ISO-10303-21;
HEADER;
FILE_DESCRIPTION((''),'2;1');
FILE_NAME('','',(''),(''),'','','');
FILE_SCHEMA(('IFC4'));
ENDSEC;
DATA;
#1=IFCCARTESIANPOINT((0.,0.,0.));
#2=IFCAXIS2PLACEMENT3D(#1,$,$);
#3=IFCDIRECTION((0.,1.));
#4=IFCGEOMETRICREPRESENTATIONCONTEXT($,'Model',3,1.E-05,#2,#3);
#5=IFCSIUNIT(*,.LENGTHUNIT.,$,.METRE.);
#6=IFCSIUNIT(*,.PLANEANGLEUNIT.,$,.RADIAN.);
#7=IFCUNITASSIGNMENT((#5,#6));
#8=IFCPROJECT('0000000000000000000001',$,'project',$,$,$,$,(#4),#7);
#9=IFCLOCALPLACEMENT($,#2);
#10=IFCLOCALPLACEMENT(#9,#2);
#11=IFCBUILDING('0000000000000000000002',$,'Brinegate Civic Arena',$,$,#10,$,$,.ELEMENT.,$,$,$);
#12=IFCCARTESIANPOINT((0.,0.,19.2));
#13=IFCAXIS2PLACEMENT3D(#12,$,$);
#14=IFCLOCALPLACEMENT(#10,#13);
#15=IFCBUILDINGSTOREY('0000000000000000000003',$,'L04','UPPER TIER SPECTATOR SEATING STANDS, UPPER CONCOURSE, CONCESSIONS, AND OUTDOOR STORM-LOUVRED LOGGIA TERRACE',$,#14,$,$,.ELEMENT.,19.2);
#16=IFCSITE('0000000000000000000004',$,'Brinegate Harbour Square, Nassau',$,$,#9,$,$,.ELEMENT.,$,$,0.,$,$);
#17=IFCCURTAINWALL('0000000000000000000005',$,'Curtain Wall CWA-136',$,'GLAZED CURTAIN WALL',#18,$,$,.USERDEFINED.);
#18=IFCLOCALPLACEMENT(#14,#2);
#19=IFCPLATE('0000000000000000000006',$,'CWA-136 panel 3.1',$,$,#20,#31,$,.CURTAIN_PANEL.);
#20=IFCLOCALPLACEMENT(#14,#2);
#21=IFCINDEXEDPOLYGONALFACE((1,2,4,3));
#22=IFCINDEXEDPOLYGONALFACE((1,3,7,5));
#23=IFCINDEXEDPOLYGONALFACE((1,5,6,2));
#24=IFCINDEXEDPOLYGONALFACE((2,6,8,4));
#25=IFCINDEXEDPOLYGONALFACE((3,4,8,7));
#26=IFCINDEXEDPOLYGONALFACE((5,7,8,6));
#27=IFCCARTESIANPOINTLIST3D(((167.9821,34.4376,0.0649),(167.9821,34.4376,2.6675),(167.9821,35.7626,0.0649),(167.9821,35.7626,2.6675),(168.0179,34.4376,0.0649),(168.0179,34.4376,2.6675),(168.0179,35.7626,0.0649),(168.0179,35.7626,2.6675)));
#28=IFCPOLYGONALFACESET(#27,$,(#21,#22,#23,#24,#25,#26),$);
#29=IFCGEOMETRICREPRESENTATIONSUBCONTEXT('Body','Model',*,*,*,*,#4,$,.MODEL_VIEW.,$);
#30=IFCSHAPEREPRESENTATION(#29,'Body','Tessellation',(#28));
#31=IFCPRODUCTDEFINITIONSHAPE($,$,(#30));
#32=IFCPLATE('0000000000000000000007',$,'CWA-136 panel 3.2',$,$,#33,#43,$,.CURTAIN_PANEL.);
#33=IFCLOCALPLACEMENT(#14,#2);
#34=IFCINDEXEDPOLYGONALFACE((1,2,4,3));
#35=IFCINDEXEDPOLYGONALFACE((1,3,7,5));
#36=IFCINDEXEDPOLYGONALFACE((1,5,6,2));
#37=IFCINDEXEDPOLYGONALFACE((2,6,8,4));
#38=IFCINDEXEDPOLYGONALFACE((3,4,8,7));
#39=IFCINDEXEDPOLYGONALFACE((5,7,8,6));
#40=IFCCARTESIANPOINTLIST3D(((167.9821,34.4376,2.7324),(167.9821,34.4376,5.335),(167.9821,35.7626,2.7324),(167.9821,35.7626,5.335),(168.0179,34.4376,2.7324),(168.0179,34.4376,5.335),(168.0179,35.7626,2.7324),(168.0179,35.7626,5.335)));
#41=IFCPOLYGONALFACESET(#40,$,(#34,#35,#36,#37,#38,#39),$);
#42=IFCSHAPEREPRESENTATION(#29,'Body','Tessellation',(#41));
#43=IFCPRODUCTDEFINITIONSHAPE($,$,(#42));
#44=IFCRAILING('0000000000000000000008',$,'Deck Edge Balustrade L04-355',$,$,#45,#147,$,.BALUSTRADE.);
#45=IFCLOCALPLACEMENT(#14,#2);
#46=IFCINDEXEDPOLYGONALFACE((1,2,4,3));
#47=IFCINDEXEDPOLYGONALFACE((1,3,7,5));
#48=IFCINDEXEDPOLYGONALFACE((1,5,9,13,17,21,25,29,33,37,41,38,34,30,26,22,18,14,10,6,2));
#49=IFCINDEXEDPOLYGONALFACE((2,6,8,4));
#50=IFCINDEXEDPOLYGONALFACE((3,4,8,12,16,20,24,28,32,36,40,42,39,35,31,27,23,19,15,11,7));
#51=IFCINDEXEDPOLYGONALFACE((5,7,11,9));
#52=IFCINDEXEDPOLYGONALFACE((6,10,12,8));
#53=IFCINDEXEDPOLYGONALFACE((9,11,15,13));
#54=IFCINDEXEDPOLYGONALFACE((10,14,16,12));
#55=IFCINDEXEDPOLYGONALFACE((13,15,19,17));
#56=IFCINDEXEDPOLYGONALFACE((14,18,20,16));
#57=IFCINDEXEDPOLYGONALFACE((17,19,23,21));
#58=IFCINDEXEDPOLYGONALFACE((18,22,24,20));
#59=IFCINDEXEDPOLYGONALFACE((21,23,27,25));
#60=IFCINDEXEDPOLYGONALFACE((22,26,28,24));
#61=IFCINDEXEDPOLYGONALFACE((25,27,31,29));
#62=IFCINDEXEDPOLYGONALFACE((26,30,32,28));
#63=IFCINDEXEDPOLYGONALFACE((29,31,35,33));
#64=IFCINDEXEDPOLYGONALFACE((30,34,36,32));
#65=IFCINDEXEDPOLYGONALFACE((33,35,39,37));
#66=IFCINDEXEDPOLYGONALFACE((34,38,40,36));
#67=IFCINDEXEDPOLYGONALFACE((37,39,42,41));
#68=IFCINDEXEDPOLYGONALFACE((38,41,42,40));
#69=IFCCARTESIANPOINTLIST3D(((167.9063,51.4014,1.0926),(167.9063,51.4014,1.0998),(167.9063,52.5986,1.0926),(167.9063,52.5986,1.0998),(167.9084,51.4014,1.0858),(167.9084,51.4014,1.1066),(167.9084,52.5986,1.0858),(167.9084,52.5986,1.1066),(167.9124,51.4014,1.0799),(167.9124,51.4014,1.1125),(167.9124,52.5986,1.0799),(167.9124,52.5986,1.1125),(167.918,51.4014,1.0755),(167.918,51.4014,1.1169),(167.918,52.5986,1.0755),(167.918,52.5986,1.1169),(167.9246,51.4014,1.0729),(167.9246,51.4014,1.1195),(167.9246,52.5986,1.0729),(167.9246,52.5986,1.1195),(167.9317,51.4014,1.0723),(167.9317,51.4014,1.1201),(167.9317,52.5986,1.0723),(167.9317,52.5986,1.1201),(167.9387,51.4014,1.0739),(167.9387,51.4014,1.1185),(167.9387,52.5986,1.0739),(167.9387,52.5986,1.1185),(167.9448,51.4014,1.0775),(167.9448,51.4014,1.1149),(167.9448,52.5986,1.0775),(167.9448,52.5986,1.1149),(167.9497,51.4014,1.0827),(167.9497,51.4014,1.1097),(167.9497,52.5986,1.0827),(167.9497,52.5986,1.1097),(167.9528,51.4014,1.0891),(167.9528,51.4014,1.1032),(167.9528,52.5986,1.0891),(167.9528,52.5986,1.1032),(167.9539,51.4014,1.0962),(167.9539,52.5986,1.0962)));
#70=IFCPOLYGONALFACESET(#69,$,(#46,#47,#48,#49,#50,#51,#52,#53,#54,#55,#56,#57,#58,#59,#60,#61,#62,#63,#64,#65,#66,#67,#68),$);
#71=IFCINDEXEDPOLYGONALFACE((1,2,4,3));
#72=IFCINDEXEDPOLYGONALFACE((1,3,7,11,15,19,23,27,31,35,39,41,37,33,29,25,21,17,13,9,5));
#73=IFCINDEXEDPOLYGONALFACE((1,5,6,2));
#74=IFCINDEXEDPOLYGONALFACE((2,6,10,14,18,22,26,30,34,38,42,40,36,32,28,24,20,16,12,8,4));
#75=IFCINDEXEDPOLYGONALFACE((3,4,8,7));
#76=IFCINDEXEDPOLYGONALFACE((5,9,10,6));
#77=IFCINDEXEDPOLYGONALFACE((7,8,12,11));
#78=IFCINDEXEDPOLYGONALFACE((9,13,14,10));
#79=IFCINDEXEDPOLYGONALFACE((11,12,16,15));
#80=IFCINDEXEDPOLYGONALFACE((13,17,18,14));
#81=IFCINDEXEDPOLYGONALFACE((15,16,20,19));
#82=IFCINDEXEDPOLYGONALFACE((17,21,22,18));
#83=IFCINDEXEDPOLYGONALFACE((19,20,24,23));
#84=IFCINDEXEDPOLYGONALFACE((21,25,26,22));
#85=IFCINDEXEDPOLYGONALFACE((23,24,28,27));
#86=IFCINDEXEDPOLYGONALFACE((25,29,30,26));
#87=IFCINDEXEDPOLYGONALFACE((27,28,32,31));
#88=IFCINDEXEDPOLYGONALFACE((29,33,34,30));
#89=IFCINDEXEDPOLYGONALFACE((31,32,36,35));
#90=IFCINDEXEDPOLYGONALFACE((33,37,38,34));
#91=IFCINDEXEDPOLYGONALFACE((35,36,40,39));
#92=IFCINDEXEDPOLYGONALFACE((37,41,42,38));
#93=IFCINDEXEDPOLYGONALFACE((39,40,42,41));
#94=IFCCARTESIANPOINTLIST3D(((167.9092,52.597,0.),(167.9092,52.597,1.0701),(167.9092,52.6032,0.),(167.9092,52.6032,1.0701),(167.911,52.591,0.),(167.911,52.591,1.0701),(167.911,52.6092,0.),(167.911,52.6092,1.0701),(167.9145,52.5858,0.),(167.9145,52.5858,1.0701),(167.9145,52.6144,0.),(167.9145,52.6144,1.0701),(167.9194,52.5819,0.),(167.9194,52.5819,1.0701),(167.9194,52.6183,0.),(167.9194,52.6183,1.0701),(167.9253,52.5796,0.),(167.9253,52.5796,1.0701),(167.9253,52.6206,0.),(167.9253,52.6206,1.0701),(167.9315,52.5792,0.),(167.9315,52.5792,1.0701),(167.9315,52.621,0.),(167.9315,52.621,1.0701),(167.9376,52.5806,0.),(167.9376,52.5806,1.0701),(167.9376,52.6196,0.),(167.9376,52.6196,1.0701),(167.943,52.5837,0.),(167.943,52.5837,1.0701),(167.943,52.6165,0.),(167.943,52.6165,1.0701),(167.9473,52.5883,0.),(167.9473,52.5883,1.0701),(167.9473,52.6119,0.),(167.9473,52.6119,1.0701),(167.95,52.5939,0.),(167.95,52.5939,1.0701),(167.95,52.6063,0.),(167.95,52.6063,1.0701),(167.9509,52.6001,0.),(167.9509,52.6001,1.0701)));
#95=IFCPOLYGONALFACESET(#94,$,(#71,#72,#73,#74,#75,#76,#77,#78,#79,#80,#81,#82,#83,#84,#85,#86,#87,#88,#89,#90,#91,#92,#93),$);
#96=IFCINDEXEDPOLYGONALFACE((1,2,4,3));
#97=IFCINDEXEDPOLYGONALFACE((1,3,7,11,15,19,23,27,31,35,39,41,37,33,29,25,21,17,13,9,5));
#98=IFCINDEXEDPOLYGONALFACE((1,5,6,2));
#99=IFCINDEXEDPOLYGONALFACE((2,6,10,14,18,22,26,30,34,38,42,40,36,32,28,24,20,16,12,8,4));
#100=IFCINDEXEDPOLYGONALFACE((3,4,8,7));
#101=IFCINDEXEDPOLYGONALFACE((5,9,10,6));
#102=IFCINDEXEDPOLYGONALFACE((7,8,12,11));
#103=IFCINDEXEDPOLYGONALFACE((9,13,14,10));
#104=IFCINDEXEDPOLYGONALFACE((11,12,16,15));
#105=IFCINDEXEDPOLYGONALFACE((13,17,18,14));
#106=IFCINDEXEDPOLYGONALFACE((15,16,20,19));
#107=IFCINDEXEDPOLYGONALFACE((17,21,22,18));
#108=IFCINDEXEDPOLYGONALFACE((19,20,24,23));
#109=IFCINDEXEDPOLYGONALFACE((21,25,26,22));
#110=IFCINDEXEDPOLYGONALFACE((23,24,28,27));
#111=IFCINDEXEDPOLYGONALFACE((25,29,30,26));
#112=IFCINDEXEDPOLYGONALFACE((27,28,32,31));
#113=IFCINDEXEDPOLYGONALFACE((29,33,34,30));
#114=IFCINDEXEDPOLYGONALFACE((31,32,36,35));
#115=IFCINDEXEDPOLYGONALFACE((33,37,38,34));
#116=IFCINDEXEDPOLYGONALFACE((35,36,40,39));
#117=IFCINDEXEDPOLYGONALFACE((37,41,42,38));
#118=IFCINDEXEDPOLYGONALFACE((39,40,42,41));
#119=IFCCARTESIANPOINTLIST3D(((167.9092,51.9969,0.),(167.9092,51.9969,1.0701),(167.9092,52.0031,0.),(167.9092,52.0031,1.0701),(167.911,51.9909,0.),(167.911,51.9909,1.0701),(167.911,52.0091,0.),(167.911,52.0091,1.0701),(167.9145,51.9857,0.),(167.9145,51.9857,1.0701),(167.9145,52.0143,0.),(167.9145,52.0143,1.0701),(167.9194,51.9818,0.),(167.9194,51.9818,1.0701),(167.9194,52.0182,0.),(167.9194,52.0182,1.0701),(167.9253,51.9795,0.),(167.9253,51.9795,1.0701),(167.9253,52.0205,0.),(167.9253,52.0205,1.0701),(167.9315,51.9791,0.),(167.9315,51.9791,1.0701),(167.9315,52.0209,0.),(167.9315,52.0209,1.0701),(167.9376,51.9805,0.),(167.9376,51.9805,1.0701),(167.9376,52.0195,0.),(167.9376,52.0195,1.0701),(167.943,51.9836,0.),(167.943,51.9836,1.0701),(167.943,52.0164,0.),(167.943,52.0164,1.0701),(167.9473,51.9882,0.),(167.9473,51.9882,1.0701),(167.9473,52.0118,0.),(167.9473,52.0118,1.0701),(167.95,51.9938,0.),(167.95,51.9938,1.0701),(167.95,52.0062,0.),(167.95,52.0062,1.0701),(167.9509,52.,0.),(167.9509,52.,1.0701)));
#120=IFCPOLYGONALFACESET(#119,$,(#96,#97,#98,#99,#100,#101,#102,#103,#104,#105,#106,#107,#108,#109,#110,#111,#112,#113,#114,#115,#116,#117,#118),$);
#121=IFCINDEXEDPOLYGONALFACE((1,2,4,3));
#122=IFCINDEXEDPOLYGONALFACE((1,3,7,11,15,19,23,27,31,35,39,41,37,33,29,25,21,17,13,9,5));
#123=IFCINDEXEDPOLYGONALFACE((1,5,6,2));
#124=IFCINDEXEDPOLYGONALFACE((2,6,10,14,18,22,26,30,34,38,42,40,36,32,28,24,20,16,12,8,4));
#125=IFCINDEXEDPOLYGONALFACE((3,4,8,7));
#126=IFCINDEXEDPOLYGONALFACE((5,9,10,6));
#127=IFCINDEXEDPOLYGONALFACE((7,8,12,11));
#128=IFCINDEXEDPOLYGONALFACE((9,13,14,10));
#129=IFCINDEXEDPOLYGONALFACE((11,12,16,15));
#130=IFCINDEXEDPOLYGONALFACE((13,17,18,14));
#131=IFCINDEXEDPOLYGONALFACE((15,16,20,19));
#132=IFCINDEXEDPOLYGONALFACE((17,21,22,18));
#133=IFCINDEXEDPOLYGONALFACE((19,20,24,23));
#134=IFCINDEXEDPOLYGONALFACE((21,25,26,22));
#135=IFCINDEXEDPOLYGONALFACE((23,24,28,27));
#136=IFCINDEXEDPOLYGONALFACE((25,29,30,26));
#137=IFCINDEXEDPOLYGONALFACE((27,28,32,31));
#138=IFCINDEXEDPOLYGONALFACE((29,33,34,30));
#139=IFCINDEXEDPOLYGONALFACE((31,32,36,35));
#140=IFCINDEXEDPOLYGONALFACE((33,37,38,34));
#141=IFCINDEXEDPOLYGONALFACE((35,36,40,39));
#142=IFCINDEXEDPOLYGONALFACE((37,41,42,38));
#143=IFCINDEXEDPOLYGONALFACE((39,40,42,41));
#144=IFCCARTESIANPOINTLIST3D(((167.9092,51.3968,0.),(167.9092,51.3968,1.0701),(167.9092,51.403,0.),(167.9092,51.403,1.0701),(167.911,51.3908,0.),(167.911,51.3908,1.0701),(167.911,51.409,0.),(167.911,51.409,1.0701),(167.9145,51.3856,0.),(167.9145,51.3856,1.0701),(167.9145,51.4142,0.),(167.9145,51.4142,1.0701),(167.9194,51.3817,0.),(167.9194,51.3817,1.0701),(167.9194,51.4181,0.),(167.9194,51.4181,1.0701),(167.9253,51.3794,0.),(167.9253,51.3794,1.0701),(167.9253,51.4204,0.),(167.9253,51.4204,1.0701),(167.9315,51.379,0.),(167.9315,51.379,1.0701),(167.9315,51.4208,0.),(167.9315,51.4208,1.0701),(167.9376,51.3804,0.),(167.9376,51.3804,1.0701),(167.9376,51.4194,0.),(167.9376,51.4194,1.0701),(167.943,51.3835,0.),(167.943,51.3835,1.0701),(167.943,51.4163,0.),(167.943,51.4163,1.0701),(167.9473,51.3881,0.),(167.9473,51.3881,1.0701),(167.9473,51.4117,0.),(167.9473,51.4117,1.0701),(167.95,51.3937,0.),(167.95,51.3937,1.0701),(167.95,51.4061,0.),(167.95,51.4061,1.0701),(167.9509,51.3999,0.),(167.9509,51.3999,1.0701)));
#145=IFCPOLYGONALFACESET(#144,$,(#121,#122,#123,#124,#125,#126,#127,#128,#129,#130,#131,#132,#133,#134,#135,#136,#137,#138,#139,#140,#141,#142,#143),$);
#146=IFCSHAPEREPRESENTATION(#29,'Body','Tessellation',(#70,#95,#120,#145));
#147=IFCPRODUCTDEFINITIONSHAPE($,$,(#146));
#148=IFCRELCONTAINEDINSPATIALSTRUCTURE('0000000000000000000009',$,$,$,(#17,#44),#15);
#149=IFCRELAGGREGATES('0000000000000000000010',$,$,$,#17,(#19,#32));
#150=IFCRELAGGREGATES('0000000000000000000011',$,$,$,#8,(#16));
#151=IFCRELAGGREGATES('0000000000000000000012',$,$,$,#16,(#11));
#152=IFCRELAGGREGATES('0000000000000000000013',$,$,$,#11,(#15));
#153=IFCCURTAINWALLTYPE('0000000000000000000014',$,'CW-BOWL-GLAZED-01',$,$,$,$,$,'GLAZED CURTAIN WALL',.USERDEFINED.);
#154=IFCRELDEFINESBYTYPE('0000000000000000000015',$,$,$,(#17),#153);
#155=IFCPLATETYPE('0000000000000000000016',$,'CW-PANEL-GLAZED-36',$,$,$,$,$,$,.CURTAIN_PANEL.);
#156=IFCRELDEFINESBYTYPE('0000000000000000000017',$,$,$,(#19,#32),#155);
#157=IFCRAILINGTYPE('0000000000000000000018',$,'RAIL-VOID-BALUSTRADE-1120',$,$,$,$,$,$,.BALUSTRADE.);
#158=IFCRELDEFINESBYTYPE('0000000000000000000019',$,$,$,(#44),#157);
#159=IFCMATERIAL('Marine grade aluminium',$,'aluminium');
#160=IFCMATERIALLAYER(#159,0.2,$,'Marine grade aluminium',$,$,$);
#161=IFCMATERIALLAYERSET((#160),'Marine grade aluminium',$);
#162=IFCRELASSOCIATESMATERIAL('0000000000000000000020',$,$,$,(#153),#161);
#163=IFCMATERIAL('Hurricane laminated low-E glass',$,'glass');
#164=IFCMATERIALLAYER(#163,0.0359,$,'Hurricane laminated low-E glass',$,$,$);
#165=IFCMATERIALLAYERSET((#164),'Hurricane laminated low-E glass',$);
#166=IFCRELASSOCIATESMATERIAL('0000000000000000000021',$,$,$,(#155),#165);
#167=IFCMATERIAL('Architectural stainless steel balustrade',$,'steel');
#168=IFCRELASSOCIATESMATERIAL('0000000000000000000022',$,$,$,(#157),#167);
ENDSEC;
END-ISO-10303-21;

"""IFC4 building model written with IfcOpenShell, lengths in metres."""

from ifc_helpers import new_model, si_unit, direction, frame, origin, origin_2d, place, context, subcontext, project, spatial, rectangle, circle, extrude, material, layer, layer_set, type_object, element, aggregate, save


model = new_model("IFC4")

# Units and contexts
model_context = context("Model", 3, precision=1e-05, world=origin(), true_north=direction((0.0, 1.0)))
body_context = subcontext(model_context, "Body", "Model", "MODEL_VIEW")
ifc_project = project(units=[si_unit("LENGTHUNIT", "METRE"), si_unit("PLANEANGLEUNIT", "RADIAN")], contexts=[model_context])

# Site, building, storey
site_placement = place(None, origin())
site = spatial("IfcSite", under=ifc_project, at=site_placement, Name="Brinegate Harbour Square, Nassau", CompositionType="ELEMENT", RefElevation=0.0)
building_placement = place(site_placement, origin())
building = spatial("IfcBuilding", under=site, at=building_placement, Name="Brinegate Civic Arena", CompositionType="ELEMENT")
storey_placement = place(building_placement, frame((0.0, 0.0, 19.2)))
storey = spatial("IfcBuildingStorey", under=building, at=storey_placement, Name="L04", Description="UPPER TIER SPECTATOR SEATING STANDS, UPPER CONCOURSE, CONCESSIONS, AND OUTDOOR STORM-LOUVRED LOGGIA TERRACE", CompositionType="ELEMENT", Elevation=19.2)

# Curtain wall, plates
ifc_material_1 = material(Name="Marine grade aluminium", Category="aluminium")
ifc_layer_1 = layer(ifc_material_1, 0.2, Name="Marine grade aluminium")
ifc_layer_set_1 = layer_set([ifc_layer_1], Name="Marine grade aluminium")
curtain_wall_type = type_object("IfcCurtainWallType", Name="CW-BOWL-GLAZED-01", ElementType="GLAZED CURTAIN WALL", PredefinedType="USERDEFINED", material=ifc_layer_set_1)
curtain_wall_placement = place(storey_placement, origin())
curtain_wall = element("IfcCurtainWall", 1, at=curtain_wall_placement, inside=storey, type_object=curtain_wall_type, Name="Curtain Wall CWA-136", ObjectType="GLAZED CURTAIN WALL", PredefinedType="USERDEFINED")
ifc_material_2 = material(Name="Hurricane laminated low-E glass", Category="glass")
ifc_layer_2 = layer(ifc_material_2, 0.0359, Name="Hurricane laminated low-E glass")
ifc_layer_set_2 = layer_set([ifc_layer_2], Name="Hurricane laminated low-E glass")
plate_type = type_object("IfcPlateType", Name="CW-PANEL-GLAZED-36", PredefinedType="CURTAIN_PANEL", material=ifc_layer_set_2)
plate_1_placement = place(storey_placement, frame((168.0, 35.1001, 0.0649), z_axis=(0.0, 0.0, 1.0), x_axis=(0.0, 1.0, 0.0)))
plate_1 = element("IfcPlate", 2, at=plate_1_placement, type_object=plate_type, Name="CWA-136 panel 3.1", PredefinedType="CURTAIN_PANEL", context=body_context, shape_type="SweptSolid", body=[
    extrude(rectangle(XDim=1.325, YDim=0.0359, at=origin_2d()), origin(), (0.0, 0.0, 1.0), 2.6025),
])
plate_2_placement = place(storey_placement, frame((168.0, 35.1001, 2.7324), z_axis=(0.0, 0.0, 1.0), x_axis=(0.0, 1.0, 0.0)))
plate_2 = element("IfcPlate", 3, at=plate_2_placement, type_object=plate_type, Name="CWA-136 panel 3.2", PredefinedType="CURTAIN_PANEL", context=body_context, shape_type="SweptSolid", body=[
    extrude(rectangle(XDim=1.325, YDim=0.0359, at=origin_2d()), origin(), (0.0, 0.0, 1.0), 2.6025),
])
aggregate(curtain_wall, [plate_1, plate_2])

# Railing
ifc_material_3 = material(Name="Architectural stainless steel balustrade", Category="steel")
railing_type = type_object("IfcRailingType", Name="RAIL-VOID-BALUSTRADE-1120", PredefinedType="BALUSTRADE", material=ifc_material_3)
railing_placement = place(storey_placement, frame((167.9299, 52.6001, 0.0)))
element("IfcRailing", 4, at=railing_placement, inside=storey, type_object=railing_type, Name="Deck Edge Balustrade L04-355", PredefinedType="BALUSTRADE", context=body_context, shape_type="SweptSolid", body=[
    extrude(circle(Radius=0.0239, at=origin_2d()), frame((0.0, -0.0015, 1.0962), z_axis=(0.0, -1.0, 0.0), x_axis=(1.0, 0.0, 0.0)), (0.0, 0.0, 1.0), 1.1973),
    extrude(circle(Radius=0.021, at=origin_2d()), origin(), (0.0, 0.0, 1.0), 1.0701),
    extrude(circle(Radius=0.021, at=origin_2d()), frame((0.0, -0.6001, 0.0)), (0.0, 0.0, 1.0), 1.0701),
    extrude(circle(Radius=0.021, at=origin_2d()), frame((0.0, -1.2002, 0.0)), (0.0, 0.0, 1.0), 1.0701),
])

save(model, "model.ifc")
